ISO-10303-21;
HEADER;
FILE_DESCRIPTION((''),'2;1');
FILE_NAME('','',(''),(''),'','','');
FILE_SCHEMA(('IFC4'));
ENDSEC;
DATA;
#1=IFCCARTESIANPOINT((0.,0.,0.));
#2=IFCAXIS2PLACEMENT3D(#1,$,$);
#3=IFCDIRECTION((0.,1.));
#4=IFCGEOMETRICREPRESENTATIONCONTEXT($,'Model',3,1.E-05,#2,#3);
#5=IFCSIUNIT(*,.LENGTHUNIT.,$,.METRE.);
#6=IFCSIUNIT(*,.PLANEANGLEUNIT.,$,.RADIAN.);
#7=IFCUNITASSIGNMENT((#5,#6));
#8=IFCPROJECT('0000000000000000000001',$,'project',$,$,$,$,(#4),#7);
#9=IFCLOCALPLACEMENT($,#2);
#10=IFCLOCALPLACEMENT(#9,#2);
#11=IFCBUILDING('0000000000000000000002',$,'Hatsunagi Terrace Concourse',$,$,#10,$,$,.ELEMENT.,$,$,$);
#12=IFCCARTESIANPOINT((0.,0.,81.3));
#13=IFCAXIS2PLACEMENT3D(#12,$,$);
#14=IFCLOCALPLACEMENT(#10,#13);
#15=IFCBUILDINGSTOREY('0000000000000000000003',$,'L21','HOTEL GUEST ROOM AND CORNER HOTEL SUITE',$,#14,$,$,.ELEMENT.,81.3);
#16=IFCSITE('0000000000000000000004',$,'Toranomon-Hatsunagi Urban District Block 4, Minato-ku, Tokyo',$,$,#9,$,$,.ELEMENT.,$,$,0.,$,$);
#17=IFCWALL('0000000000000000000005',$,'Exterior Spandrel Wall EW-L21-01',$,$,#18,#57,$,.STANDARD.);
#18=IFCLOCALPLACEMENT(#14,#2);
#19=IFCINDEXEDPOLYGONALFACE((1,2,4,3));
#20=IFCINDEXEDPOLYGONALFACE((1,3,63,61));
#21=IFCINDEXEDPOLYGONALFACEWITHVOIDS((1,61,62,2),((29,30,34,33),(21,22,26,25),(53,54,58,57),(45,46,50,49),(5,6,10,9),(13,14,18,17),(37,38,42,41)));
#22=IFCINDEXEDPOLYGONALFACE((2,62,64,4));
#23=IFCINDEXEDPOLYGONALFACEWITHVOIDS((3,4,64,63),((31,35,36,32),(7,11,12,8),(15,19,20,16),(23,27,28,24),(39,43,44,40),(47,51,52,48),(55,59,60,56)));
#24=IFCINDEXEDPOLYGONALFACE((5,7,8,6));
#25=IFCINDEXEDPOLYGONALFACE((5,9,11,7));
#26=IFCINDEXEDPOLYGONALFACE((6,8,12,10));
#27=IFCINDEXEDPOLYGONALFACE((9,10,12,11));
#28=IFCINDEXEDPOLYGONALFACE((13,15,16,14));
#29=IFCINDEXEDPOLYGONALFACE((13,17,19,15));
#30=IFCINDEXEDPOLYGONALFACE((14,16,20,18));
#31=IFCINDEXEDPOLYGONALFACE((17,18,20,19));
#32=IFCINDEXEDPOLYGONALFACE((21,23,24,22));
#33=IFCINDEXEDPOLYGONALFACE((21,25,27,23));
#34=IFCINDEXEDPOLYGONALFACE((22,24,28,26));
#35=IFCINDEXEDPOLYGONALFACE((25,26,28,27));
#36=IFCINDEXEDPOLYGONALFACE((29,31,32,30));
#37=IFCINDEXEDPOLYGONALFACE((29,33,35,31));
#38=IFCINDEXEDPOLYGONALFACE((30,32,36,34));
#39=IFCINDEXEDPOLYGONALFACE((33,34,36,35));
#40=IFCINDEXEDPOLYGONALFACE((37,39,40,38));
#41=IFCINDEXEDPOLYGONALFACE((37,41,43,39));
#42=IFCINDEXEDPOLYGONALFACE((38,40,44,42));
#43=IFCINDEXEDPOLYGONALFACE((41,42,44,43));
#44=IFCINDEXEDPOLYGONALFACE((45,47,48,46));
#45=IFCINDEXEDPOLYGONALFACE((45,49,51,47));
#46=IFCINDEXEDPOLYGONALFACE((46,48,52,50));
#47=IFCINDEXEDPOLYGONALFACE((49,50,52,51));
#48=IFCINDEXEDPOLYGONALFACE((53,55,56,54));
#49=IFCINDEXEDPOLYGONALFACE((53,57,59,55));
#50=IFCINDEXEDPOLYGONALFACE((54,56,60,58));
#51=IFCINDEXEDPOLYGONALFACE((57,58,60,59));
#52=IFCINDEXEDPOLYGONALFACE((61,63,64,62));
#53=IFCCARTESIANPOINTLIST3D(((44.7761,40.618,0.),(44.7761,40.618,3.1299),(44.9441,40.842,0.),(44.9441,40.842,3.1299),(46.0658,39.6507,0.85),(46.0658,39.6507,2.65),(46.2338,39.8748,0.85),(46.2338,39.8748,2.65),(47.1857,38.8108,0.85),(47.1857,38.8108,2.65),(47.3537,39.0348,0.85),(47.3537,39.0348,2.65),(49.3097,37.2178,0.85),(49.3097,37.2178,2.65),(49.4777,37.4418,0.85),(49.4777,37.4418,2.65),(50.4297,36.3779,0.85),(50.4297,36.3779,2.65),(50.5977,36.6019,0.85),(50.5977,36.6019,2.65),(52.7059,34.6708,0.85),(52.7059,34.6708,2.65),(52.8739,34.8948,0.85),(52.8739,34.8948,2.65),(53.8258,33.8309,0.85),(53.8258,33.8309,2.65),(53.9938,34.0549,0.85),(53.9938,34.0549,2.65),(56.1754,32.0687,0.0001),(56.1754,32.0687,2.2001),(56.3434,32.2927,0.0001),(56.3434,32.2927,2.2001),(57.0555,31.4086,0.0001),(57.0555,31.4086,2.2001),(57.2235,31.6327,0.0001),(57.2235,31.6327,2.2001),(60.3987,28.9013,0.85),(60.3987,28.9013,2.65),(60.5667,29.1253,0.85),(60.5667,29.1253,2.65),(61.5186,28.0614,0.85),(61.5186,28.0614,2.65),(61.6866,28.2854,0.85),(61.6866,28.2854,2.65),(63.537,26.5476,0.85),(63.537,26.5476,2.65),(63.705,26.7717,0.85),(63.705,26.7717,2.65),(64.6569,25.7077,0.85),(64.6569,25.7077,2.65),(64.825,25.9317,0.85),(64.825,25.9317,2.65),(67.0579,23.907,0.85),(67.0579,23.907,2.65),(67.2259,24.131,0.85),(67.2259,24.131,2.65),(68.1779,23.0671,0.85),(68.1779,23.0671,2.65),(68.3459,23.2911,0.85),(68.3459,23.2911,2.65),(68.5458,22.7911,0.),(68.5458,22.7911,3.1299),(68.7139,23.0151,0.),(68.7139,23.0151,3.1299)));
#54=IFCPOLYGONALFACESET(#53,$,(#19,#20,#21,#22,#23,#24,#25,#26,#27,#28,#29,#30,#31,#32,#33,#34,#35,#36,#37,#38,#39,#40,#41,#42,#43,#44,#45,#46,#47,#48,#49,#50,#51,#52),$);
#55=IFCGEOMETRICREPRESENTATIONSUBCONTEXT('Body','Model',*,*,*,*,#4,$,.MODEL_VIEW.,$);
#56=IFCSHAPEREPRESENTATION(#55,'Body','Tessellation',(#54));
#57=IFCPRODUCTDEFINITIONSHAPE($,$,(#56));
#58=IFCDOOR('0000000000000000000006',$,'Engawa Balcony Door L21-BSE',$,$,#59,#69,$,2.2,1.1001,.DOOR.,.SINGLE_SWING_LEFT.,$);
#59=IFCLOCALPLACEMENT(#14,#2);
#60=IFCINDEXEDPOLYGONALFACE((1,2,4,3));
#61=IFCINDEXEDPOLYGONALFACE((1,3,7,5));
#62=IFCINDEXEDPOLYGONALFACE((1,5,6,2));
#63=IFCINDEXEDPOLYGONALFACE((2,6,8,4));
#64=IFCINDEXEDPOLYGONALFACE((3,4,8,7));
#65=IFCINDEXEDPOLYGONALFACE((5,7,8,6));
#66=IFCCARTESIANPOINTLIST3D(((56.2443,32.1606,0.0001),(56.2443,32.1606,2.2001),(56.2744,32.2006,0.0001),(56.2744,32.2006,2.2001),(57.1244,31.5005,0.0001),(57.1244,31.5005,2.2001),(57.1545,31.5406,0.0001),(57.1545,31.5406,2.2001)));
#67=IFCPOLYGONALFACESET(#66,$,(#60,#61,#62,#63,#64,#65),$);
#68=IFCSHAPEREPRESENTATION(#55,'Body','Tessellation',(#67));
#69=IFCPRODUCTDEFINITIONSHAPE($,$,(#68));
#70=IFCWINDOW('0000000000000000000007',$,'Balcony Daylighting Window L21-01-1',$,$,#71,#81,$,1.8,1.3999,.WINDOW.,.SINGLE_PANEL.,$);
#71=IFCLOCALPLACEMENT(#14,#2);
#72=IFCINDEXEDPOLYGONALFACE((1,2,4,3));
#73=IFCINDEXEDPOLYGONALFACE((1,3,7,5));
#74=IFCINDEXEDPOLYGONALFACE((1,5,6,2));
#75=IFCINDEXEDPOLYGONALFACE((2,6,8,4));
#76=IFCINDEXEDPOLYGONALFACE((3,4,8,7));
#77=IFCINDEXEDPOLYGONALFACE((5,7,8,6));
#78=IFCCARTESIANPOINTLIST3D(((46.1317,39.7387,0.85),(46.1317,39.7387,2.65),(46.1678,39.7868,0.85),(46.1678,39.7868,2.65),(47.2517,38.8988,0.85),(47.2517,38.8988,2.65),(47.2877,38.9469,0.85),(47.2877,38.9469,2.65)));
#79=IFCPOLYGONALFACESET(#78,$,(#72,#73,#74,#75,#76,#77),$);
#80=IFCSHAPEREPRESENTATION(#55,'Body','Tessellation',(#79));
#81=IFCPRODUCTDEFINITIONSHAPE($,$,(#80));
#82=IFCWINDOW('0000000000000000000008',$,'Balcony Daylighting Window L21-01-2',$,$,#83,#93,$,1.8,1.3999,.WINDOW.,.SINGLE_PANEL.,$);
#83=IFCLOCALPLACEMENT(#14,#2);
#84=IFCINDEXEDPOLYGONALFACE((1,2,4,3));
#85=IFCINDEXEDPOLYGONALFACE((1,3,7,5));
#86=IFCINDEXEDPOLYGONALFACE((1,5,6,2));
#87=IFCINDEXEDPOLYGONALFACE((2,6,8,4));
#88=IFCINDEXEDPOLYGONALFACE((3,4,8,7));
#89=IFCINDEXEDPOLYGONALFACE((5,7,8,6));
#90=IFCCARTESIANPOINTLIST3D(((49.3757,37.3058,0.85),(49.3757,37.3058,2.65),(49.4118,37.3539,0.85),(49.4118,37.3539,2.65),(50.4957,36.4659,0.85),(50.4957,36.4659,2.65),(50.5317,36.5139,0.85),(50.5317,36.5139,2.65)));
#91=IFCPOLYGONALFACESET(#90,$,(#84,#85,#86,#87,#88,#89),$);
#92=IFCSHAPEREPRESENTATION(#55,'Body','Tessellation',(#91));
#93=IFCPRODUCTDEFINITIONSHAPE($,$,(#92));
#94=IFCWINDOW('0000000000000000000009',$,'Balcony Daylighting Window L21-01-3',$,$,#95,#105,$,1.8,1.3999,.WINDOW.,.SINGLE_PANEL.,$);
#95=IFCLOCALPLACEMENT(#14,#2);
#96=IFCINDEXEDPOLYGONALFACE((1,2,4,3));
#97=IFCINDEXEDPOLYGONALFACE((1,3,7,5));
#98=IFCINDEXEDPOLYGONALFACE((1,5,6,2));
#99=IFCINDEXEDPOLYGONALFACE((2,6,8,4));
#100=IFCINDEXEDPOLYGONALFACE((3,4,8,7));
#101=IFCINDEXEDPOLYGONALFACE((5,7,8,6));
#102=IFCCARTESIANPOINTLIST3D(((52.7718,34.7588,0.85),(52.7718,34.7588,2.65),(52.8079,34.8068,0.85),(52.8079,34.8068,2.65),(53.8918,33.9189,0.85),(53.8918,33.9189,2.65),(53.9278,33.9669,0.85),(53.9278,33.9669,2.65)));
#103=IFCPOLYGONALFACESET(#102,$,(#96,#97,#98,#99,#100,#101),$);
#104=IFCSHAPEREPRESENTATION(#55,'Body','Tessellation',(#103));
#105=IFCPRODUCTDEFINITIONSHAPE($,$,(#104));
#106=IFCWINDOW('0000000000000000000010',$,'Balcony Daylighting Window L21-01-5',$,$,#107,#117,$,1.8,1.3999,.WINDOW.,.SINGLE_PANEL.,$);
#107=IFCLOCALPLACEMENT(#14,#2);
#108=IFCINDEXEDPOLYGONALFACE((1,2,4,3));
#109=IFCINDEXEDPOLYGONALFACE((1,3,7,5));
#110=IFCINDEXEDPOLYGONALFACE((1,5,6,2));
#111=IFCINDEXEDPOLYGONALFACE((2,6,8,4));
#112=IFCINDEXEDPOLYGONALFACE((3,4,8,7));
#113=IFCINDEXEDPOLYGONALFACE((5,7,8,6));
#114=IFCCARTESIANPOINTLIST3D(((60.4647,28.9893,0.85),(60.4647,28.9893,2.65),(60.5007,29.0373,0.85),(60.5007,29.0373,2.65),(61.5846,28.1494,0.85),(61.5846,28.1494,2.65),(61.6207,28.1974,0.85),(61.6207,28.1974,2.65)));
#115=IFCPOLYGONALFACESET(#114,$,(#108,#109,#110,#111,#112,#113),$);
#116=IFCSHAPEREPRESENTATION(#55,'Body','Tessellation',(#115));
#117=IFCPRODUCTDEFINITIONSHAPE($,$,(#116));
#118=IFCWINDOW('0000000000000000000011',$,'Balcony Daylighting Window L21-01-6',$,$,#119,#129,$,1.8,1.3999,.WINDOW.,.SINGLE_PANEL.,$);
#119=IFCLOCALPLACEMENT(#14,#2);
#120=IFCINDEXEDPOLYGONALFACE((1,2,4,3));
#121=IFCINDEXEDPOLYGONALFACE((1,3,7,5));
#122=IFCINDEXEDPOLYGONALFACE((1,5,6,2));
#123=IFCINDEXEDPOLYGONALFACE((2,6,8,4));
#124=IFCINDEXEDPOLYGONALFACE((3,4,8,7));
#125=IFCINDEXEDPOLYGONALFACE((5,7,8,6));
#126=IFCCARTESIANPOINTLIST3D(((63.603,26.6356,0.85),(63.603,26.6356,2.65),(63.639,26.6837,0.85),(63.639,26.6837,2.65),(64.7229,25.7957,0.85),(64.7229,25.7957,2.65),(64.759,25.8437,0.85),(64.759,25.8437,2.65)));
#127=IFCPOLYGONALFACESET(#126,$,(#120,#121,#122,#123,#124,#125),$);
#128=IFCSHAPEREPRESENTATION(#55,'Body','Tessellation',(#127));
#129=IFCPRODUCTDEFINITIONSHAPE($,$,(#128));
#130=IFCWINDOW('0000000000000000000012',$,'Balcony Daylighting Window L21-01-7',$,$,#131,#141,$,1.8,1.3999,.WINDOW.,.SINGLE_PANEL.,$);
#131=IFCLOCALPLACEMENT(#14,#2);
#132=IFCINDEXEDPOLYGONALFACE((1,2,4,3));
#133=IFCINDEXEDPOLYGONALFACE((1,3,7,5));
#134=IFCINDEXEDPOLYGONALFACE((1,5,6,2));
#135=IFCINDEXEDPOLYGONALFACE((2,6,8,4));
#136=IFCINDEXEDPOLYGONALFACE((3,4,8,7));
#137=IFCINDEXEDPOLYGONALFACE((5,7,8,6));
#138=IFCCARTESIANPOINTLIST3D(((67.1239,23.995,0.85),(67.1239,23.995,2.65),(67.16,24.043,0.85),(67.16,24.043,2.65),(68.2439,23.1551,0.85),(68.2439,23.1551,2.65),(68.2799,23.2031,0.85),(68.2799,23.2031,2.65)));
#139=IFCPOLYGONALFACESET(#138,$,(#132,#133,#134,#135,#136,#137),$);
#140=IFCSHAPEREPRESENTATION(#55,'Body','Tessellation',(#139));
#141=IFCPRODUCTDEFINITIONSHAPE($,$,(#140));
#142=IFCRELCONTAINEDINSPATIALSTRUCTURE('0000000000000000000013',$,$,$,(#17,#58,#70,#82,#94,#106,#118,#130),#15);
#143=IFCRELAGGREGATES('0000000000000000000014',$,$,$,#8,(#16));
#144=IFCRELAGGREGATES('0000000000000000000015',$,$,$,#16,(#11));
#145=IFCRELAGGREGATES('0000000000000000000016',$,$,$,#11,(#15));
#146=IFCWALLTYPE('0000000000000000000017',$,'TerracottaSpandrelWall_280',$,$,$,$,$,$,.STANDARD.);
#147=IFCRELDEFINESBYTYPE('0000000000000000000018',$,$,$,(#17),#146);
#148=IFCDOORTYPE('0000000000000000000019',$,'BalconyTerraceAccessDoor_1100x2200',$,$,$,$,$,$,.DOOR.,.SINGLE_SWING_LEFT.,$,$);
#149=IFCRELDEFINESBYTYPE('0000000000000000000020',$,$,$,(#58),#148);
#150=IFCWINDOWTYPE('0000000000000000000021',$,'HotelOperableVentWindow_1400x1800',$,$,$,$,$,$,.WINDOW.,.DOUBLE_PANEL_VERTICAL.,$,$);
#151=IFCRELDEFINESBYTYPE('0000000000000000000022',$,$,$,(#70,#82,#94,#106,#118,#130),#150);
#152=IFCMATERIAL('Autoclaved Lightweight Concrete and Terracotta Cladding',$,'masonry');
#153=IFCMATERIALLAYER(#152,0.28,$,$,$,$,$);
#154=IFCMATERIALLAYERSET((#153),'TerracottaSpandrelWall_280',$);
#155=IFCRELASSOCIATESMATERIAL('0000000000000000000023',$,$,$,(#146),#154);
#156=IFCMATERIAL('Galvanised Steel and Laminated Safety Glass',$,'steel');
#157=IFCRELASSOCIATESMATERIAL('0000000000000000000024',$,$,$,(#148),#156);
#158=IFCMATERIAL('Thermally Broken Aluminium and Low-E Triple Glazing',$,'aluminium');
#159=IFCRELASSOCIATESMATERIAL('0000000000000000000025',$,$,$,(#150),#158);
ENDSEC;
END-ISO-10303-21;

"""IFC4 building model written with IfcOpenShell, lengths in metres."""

from ifc_helpers import new_model, si_unit, direction, frame, frame_2d, origin, place, context, subcontext, project, spatial, rectangle, extrude, material, layer, layer_set, type_object, element, fill, save


model = new_model("IFC4")

# Units and contexts
model_context = context("Model", 3, precision=1e-05, world=origin(), true_north=direction((0.0, 1.0)))
body_context = subcontext(model_context, "Body", "Model", "MODEL_VIEW")
ifc_project = project(units=[si_unit("LENGTHUNIT", "METRE"), si_unit("PLANEANGLEUNIT", "RADIAN")], contexts=[model_context])

# Site, building, storey
site_placement = place(None, origin())
site = spatial("IfcSite", under=ifc_project, at=site_placement, Name="Toranomon-Hatsunagi Urban District Block 4, Minato-ku, Tokyo", CompositionType="ELEMENT", RefElevation=0.0)
building_placement = place(site_placement, origin())
building = spatial("IfcBuilding", under=site, at=building_placement, Name="Hatsunagi Terrace Concourse", CompositionType="ELEMENT")
storey_placement = place(building_placement, frame((0.0, 0.0, 81.3)))
storey = spatial("IfcBuildingStorey", under=building, at=storey_placement, Name="L21", Description="HOTEL GUEST ROOM AND CORNER HOTEL SUITE", CompositionType="ELEMENT", Elevation=81.3)

# Wall, openings, door, windows
ifc_material_1 = material(Name="Autoclaved Lightweight Concrete and Terracotta Cladding", Category="masonry")
ifc_layer_1 = layer(ifc_material_1, 0.28)
ifc_layer_set_1 = layer_set([ifc_layer_1], Name="TerracottaSpandrelWall_280")
wall_type = type_object("IfcWallType", Name="TerracottaSpandrelWall_280", PredefinedType="STANDARD", material=ifc_layer_set_1)
wall_placement = place(storey_placement, frame((44.8601, 40.73, 0.0), z_axis=(0.0, 0.0, 1.0), x_axis=(0.800007, -0.599991, 0.0)))
wall = element("IfcWall", 1, at=wall_placement, inside=storey, type_object=wall_type, Name="Exterior Spandrel Wall EW-L21-01", PredefinedType="STANDARD", context=body_context, shape_type="SweptSolid", body=[
    extrude(rectangle(XDim=29.7119, YDim=0.28, at=frame_2d((14.856, 0.0))), origin(), (0.0, 0.0, 1.0), 3.1299),
])
opening_1_placement = place(wall_placement, frame((14.249, 0.0, 0.0)))
opening_1 = element("IfcOpeningElement", 2, at=opening_1_placement, cuts=wall, PredefinedType="OPENING", context=body_context, shape_type="SweptSolid", body=[
    extrude(rectangle(XDim=1.1001, YDim=2.2, at=frame_2d((0.55, 1.1001))), frame((0.0, 0.1499, 0.0), z_axis=(0.0, -1.0, 0.0), x_axis=(1.0, 0.0, 0.0)), (0.0, 0.0, 1.0), 0.3),
])
opening_2_placement = place(wall_placement, frame((1.6121, 0.0, 0.8501)))
opening_2 = element("IfcOpeningElement", 3, at=opening_2_placement, cuts=wall, PredefinedType="OPENING", context=body_context, shape_type="SweptSolid", body=[
    extrude(rectangle(XDim=1.3999, YDim=1.8, at=frame_2d((0.7, 0.8999))), frame((0.0, 0.1499, 0.0), z_axis=(0.0, -1.0, 0.0), x_axis=(1.0, 0.0, 0.0)), (0.0, 0.0, 1.0), 0.3),
])
opening_3_placement = place(wall_placement, frame((5.667, 0.0, 0.8501)))
opening_3 = element("IfcOpeningElement", 4, at=opening_3_placement, cuts=wall, PredefinedType="OPENING", context=body_context, shape_type="SweptSolid", body=[
    extrude(rectangle(XDim=1.3999, YDim=1.8, at=frame_2d((0.7, 0.8999))), frame((0.0, 0.1499, 0.0), z_axis=(0.0, -1.0, 0.0), x_axis=(1.0, 0.0, 0.0)), (0.0, 0.0, 1.0), 0.3),
])
opening_4_placement = place(wall_placement, frame((9.9121, 0.0, 0.8501)))
opening_4 = element("IfcOpeningElement", 5, at=opening_4_placement, cuts=wall, PredefinedType="OPENING", context=body_context, shape_type="SweptSolid", body=[
    extrude(rectangle(XDim=1.3999, YDim=1.8, at=frame_2d((0.7, 0.8999))), frame((0.0, 0.1499, 0.0), z_axis=(0.0, -1.0, 0.0), x_axis=(1.0, 0.0, 0.0)), (0.0, 0.0, 1.0), 0.3),
])
opening_5_placement = place(wall_placement, frame((19.5281, 0.0, 0.8501)))
opening_5 = element("IfcOpeningElement", 6, at=opening_5_placement, cuts=wall, PredefinedType="OPENING", context=body_context, shape_type="SweptSolid", body=[
    extrude(rectangle(XDim=1.3999, YDim=1.8, at=frame_2d((0.7, 0.8999))), frame((0.0, 0.1499, 0.0), z_axis=(0.0, -1.0, 0.0), x_axis=(1.0, 0.0, 0.0)), (0.0, 0.0, 1.0), 0.3),
])
opening_6_placement = place(wall_placement, frame((23.4509, 0.0, 0.8501)))
opening_6 = element("IfcOpeningElement", 7, at=opening_6_placement, cuts=wall, PredefinedType="OPENING", context=body_context, shape_type="SweptSolid", body=[
    extrude(rectangle(XDim=1.3999, YDim=1.8, at=frame_2d((0.7, 0.8999))), frame((0.0, 0.1499, 0.0), z_axis=(0.0, -1.0, 0.0), x_axis=(1.0, 0.0, 0.0)), (0.0, 0.0, 1.0), 0.3),
])
opening_7_placement = place(wall_placement, frame((27.8521, 0.0, 0.8501)))
opening_7 = element("IfcOpeningElement", 8, at=opening_7_placement, cuts=wall, PredefinedType="OPENING", context=body_context, shape_type="SweptSolid", body=[
    extrude(rectangle(XDim=1.3999, YDim=1.8, at=frame_2d((0.7, 0.8999))), frame((0.0, 0.1499, 0.0), z_axis=(0.0, -1.0, 0.0), x_axis=(1.0, 0.0, 0.0)), (0.0, 0.0, 1.0), 0.3),
])
ifc_material_2 = material(Name="Galvanised Steel and Laminated Safety Glass", Category="steel")
door_type = type_object("IfcDoorType", Name="BalconyTerraceAccessDoor_1100x2200", OperationType="SINGLE_SWING_LEFT", PredefinedType="DOOR", material=ifc_material_2)
door_placement = place(opening_1_placement, origin())
door = element("IfcDoor", 9, at=door_placement, inside=storey, type_object=door_type, Name="Engawa Balcony Door L21-BSE", OperationType="SINGLE_SWING_LEFT", OverallHeight=2.2, OverallWidth=1.1001, PredefinedType="DOOR", context=body_context, shape_type="SweptSolid", body=[
    extrude(rectangle(XDim=1.1001, YDim=2.2, at=frame_2d((0.55, 1.1001))), frame((0.0, 0.0249, 0.0), z_axis=(0.0, -1.0, 0.0), x_axis=(1.0, 0.0, 0.0)), (0.0, 0.0, 1.0), 0.05),
])
fill(opening_1, door)
ifc_material_3 = material(Name="Thermally Broken Aluminium and Low-E Triple Glazing", Category="aluminium")
window_type = type_object("IfcWindowType", Name="HotelOperableVentWindow_1400x1800", PartitioningType="DOUBLE_PANEL_VERTICAL", PredefinedType="WINDOW", material=ifc_material_3)
window_1_placement = place(opening_2_placement, origin())
window_1 = element("IfcWindow", 10, at=window_1_placement, inside=storey, type_object=window_type, Name="Balcony Daylighting Window L21-01-1", OverallHeight=1.8, OverallWidth=1.3999, PartitioningType="SINGLE_PANEL", PredefinedType="WINDOW", context=body_context, shape_type="SweptSolid", body=[
    extrude(rectangle(XDim=1.3999, YDim=1.8, at=frame_2d((0.7, 0.8999))), frame((0.0, 0.03, 0.0), z_axis=(0.0, -1.0, 0.0), x_axis=(1.0, 0.0, 0.0)), (0.0, 0.0, 1.0), 0.0601),
])
fill(opening_2, window_1)
window_2_placement = place(opening_3_placement, origin())
window_2 = element("IfcWindow", 11, at=window_2_placement, inside=storey, type_object=window_type, Name="Balcony Daylighting Window L21-01-2", OverallHeight=1.8, OverallWidth=1.3999, PartitioningType="SINGLE_PANEL", PredefinedType="WINDOW", context=body_context, shape_type="SweptSolid", body=[
    extrude(rectangle(XDim=1.3999, YDim=1.8, at=frame_2d((0.7, 0.8999))), frame((0.0, 0.03, 0.0), z_axis=(0.0, -1.0, 0.0), x_axis=(1.0, 0.0, 0.0)), (0.0, 0.0, 1.0), 0.0601),
])
fill(opening_3, window_2)
window_3_placement = place(opening_4_placement, origin())
window_3 = element("IfcWindow", 12, at=window_3_placement, inside=storey, type_object=window_type, Name="Balcony Daylighting Window L21-01-3", OverallHeight=1.8, OverallWidth=1.3999, PartitioningType="SINGLE_PANEL", PredefinedType="WINDOW", context=body_context, shape_type="SweptSolid", body=[
    extrude(rectangle(XDim=1.3999, YDim=1.8, at=frame_2d((0.7, 0.8999))), frame((0.0, 0.03, 0.0), z_axis=(0.0, -1.0, 0.0), x_axis=(1.0, 0.0, 0.0)), (0.0, 0.0, 1.0), 0.0601),
])
fill(opening_4, window_3)
window_4_placement = place(opening_5_placement, origin())
window_4 = element("IfcWindow", 13, at=window_4_placement, inside=storey, type_object=window_type, Name="Balcony Daylighting Window L21-01-5", OverallHeight=1.8, OverallWidth=1.3999, PartitioningType="SINGLE_PANEL", PredefinedType="WINDOW", context=body_context, shape_type="SweptSolid", body=[
    extrude(rectangle(XDim=1.3999, YDim=1.8, at=frame_2d((0.7, 0.8999))), frame((0.0, 0.03, 0.0), z_axis=(0.0, -1.0, 0.0), x_axis=(1.0, 0.0, 0.0)), (0.0, 0.0, 1.0), 0.0601),
])
fill(opening_5, window_4)
window_5_placement = place(opening_6_placement, origin())
window_5 = element("IfcWindow", 14, at=window_5_placement, inside=storey, type_object=window_type, Name="Balcony Daylighting Window L21-01-6", OverallHeight=1.8, OverallWidth=1.3999, PartitioningType="SINGLE_PANEL", PredefinedType="WINDOW", context=body_context, shape_type="SweptSolid", body=[
    extrude(rectangle(XDim=1.3999, YDim=1.8, at=frame_2d((0.7, 0.8999))), frame((0.0, 0.03, 0.0), z_axis=(0.0, -1.0, 0.0), x_axis=(1.0, 0.0, 0.0)), (0.0, 0.0, 1.0), 0.0601),
])
fill(opening_6, window_5)
window_6_placement = place(opening_7_placement, origin())
window_6 = element("IfcWindow", 15, at=window_6_placement, inside=storey, type_object=window_type, Name="Balcony Daylighting Window L21-01-7", OverallHeight=1.8, OverallWidth=1.3999, PartitioningType="SINGLE_PANEL", PredefinedType="WINDOW", context=body_context, shape_type="SweptSolid", body=[
    extrude(rectangle(XDim=1.3999, YDim=1.8, at=frame_2d((0.7, 0.8999))), frame((0.0, 0.03, 0.0), z_axis=(0.0, -1.0, 0.0), x_axis=(1.0, 0.0, 0.0)), (0.0, 0.0, 1.0), 0.0601),
])
fill(opening_7, window_6)

save(model, "model.ifc")
